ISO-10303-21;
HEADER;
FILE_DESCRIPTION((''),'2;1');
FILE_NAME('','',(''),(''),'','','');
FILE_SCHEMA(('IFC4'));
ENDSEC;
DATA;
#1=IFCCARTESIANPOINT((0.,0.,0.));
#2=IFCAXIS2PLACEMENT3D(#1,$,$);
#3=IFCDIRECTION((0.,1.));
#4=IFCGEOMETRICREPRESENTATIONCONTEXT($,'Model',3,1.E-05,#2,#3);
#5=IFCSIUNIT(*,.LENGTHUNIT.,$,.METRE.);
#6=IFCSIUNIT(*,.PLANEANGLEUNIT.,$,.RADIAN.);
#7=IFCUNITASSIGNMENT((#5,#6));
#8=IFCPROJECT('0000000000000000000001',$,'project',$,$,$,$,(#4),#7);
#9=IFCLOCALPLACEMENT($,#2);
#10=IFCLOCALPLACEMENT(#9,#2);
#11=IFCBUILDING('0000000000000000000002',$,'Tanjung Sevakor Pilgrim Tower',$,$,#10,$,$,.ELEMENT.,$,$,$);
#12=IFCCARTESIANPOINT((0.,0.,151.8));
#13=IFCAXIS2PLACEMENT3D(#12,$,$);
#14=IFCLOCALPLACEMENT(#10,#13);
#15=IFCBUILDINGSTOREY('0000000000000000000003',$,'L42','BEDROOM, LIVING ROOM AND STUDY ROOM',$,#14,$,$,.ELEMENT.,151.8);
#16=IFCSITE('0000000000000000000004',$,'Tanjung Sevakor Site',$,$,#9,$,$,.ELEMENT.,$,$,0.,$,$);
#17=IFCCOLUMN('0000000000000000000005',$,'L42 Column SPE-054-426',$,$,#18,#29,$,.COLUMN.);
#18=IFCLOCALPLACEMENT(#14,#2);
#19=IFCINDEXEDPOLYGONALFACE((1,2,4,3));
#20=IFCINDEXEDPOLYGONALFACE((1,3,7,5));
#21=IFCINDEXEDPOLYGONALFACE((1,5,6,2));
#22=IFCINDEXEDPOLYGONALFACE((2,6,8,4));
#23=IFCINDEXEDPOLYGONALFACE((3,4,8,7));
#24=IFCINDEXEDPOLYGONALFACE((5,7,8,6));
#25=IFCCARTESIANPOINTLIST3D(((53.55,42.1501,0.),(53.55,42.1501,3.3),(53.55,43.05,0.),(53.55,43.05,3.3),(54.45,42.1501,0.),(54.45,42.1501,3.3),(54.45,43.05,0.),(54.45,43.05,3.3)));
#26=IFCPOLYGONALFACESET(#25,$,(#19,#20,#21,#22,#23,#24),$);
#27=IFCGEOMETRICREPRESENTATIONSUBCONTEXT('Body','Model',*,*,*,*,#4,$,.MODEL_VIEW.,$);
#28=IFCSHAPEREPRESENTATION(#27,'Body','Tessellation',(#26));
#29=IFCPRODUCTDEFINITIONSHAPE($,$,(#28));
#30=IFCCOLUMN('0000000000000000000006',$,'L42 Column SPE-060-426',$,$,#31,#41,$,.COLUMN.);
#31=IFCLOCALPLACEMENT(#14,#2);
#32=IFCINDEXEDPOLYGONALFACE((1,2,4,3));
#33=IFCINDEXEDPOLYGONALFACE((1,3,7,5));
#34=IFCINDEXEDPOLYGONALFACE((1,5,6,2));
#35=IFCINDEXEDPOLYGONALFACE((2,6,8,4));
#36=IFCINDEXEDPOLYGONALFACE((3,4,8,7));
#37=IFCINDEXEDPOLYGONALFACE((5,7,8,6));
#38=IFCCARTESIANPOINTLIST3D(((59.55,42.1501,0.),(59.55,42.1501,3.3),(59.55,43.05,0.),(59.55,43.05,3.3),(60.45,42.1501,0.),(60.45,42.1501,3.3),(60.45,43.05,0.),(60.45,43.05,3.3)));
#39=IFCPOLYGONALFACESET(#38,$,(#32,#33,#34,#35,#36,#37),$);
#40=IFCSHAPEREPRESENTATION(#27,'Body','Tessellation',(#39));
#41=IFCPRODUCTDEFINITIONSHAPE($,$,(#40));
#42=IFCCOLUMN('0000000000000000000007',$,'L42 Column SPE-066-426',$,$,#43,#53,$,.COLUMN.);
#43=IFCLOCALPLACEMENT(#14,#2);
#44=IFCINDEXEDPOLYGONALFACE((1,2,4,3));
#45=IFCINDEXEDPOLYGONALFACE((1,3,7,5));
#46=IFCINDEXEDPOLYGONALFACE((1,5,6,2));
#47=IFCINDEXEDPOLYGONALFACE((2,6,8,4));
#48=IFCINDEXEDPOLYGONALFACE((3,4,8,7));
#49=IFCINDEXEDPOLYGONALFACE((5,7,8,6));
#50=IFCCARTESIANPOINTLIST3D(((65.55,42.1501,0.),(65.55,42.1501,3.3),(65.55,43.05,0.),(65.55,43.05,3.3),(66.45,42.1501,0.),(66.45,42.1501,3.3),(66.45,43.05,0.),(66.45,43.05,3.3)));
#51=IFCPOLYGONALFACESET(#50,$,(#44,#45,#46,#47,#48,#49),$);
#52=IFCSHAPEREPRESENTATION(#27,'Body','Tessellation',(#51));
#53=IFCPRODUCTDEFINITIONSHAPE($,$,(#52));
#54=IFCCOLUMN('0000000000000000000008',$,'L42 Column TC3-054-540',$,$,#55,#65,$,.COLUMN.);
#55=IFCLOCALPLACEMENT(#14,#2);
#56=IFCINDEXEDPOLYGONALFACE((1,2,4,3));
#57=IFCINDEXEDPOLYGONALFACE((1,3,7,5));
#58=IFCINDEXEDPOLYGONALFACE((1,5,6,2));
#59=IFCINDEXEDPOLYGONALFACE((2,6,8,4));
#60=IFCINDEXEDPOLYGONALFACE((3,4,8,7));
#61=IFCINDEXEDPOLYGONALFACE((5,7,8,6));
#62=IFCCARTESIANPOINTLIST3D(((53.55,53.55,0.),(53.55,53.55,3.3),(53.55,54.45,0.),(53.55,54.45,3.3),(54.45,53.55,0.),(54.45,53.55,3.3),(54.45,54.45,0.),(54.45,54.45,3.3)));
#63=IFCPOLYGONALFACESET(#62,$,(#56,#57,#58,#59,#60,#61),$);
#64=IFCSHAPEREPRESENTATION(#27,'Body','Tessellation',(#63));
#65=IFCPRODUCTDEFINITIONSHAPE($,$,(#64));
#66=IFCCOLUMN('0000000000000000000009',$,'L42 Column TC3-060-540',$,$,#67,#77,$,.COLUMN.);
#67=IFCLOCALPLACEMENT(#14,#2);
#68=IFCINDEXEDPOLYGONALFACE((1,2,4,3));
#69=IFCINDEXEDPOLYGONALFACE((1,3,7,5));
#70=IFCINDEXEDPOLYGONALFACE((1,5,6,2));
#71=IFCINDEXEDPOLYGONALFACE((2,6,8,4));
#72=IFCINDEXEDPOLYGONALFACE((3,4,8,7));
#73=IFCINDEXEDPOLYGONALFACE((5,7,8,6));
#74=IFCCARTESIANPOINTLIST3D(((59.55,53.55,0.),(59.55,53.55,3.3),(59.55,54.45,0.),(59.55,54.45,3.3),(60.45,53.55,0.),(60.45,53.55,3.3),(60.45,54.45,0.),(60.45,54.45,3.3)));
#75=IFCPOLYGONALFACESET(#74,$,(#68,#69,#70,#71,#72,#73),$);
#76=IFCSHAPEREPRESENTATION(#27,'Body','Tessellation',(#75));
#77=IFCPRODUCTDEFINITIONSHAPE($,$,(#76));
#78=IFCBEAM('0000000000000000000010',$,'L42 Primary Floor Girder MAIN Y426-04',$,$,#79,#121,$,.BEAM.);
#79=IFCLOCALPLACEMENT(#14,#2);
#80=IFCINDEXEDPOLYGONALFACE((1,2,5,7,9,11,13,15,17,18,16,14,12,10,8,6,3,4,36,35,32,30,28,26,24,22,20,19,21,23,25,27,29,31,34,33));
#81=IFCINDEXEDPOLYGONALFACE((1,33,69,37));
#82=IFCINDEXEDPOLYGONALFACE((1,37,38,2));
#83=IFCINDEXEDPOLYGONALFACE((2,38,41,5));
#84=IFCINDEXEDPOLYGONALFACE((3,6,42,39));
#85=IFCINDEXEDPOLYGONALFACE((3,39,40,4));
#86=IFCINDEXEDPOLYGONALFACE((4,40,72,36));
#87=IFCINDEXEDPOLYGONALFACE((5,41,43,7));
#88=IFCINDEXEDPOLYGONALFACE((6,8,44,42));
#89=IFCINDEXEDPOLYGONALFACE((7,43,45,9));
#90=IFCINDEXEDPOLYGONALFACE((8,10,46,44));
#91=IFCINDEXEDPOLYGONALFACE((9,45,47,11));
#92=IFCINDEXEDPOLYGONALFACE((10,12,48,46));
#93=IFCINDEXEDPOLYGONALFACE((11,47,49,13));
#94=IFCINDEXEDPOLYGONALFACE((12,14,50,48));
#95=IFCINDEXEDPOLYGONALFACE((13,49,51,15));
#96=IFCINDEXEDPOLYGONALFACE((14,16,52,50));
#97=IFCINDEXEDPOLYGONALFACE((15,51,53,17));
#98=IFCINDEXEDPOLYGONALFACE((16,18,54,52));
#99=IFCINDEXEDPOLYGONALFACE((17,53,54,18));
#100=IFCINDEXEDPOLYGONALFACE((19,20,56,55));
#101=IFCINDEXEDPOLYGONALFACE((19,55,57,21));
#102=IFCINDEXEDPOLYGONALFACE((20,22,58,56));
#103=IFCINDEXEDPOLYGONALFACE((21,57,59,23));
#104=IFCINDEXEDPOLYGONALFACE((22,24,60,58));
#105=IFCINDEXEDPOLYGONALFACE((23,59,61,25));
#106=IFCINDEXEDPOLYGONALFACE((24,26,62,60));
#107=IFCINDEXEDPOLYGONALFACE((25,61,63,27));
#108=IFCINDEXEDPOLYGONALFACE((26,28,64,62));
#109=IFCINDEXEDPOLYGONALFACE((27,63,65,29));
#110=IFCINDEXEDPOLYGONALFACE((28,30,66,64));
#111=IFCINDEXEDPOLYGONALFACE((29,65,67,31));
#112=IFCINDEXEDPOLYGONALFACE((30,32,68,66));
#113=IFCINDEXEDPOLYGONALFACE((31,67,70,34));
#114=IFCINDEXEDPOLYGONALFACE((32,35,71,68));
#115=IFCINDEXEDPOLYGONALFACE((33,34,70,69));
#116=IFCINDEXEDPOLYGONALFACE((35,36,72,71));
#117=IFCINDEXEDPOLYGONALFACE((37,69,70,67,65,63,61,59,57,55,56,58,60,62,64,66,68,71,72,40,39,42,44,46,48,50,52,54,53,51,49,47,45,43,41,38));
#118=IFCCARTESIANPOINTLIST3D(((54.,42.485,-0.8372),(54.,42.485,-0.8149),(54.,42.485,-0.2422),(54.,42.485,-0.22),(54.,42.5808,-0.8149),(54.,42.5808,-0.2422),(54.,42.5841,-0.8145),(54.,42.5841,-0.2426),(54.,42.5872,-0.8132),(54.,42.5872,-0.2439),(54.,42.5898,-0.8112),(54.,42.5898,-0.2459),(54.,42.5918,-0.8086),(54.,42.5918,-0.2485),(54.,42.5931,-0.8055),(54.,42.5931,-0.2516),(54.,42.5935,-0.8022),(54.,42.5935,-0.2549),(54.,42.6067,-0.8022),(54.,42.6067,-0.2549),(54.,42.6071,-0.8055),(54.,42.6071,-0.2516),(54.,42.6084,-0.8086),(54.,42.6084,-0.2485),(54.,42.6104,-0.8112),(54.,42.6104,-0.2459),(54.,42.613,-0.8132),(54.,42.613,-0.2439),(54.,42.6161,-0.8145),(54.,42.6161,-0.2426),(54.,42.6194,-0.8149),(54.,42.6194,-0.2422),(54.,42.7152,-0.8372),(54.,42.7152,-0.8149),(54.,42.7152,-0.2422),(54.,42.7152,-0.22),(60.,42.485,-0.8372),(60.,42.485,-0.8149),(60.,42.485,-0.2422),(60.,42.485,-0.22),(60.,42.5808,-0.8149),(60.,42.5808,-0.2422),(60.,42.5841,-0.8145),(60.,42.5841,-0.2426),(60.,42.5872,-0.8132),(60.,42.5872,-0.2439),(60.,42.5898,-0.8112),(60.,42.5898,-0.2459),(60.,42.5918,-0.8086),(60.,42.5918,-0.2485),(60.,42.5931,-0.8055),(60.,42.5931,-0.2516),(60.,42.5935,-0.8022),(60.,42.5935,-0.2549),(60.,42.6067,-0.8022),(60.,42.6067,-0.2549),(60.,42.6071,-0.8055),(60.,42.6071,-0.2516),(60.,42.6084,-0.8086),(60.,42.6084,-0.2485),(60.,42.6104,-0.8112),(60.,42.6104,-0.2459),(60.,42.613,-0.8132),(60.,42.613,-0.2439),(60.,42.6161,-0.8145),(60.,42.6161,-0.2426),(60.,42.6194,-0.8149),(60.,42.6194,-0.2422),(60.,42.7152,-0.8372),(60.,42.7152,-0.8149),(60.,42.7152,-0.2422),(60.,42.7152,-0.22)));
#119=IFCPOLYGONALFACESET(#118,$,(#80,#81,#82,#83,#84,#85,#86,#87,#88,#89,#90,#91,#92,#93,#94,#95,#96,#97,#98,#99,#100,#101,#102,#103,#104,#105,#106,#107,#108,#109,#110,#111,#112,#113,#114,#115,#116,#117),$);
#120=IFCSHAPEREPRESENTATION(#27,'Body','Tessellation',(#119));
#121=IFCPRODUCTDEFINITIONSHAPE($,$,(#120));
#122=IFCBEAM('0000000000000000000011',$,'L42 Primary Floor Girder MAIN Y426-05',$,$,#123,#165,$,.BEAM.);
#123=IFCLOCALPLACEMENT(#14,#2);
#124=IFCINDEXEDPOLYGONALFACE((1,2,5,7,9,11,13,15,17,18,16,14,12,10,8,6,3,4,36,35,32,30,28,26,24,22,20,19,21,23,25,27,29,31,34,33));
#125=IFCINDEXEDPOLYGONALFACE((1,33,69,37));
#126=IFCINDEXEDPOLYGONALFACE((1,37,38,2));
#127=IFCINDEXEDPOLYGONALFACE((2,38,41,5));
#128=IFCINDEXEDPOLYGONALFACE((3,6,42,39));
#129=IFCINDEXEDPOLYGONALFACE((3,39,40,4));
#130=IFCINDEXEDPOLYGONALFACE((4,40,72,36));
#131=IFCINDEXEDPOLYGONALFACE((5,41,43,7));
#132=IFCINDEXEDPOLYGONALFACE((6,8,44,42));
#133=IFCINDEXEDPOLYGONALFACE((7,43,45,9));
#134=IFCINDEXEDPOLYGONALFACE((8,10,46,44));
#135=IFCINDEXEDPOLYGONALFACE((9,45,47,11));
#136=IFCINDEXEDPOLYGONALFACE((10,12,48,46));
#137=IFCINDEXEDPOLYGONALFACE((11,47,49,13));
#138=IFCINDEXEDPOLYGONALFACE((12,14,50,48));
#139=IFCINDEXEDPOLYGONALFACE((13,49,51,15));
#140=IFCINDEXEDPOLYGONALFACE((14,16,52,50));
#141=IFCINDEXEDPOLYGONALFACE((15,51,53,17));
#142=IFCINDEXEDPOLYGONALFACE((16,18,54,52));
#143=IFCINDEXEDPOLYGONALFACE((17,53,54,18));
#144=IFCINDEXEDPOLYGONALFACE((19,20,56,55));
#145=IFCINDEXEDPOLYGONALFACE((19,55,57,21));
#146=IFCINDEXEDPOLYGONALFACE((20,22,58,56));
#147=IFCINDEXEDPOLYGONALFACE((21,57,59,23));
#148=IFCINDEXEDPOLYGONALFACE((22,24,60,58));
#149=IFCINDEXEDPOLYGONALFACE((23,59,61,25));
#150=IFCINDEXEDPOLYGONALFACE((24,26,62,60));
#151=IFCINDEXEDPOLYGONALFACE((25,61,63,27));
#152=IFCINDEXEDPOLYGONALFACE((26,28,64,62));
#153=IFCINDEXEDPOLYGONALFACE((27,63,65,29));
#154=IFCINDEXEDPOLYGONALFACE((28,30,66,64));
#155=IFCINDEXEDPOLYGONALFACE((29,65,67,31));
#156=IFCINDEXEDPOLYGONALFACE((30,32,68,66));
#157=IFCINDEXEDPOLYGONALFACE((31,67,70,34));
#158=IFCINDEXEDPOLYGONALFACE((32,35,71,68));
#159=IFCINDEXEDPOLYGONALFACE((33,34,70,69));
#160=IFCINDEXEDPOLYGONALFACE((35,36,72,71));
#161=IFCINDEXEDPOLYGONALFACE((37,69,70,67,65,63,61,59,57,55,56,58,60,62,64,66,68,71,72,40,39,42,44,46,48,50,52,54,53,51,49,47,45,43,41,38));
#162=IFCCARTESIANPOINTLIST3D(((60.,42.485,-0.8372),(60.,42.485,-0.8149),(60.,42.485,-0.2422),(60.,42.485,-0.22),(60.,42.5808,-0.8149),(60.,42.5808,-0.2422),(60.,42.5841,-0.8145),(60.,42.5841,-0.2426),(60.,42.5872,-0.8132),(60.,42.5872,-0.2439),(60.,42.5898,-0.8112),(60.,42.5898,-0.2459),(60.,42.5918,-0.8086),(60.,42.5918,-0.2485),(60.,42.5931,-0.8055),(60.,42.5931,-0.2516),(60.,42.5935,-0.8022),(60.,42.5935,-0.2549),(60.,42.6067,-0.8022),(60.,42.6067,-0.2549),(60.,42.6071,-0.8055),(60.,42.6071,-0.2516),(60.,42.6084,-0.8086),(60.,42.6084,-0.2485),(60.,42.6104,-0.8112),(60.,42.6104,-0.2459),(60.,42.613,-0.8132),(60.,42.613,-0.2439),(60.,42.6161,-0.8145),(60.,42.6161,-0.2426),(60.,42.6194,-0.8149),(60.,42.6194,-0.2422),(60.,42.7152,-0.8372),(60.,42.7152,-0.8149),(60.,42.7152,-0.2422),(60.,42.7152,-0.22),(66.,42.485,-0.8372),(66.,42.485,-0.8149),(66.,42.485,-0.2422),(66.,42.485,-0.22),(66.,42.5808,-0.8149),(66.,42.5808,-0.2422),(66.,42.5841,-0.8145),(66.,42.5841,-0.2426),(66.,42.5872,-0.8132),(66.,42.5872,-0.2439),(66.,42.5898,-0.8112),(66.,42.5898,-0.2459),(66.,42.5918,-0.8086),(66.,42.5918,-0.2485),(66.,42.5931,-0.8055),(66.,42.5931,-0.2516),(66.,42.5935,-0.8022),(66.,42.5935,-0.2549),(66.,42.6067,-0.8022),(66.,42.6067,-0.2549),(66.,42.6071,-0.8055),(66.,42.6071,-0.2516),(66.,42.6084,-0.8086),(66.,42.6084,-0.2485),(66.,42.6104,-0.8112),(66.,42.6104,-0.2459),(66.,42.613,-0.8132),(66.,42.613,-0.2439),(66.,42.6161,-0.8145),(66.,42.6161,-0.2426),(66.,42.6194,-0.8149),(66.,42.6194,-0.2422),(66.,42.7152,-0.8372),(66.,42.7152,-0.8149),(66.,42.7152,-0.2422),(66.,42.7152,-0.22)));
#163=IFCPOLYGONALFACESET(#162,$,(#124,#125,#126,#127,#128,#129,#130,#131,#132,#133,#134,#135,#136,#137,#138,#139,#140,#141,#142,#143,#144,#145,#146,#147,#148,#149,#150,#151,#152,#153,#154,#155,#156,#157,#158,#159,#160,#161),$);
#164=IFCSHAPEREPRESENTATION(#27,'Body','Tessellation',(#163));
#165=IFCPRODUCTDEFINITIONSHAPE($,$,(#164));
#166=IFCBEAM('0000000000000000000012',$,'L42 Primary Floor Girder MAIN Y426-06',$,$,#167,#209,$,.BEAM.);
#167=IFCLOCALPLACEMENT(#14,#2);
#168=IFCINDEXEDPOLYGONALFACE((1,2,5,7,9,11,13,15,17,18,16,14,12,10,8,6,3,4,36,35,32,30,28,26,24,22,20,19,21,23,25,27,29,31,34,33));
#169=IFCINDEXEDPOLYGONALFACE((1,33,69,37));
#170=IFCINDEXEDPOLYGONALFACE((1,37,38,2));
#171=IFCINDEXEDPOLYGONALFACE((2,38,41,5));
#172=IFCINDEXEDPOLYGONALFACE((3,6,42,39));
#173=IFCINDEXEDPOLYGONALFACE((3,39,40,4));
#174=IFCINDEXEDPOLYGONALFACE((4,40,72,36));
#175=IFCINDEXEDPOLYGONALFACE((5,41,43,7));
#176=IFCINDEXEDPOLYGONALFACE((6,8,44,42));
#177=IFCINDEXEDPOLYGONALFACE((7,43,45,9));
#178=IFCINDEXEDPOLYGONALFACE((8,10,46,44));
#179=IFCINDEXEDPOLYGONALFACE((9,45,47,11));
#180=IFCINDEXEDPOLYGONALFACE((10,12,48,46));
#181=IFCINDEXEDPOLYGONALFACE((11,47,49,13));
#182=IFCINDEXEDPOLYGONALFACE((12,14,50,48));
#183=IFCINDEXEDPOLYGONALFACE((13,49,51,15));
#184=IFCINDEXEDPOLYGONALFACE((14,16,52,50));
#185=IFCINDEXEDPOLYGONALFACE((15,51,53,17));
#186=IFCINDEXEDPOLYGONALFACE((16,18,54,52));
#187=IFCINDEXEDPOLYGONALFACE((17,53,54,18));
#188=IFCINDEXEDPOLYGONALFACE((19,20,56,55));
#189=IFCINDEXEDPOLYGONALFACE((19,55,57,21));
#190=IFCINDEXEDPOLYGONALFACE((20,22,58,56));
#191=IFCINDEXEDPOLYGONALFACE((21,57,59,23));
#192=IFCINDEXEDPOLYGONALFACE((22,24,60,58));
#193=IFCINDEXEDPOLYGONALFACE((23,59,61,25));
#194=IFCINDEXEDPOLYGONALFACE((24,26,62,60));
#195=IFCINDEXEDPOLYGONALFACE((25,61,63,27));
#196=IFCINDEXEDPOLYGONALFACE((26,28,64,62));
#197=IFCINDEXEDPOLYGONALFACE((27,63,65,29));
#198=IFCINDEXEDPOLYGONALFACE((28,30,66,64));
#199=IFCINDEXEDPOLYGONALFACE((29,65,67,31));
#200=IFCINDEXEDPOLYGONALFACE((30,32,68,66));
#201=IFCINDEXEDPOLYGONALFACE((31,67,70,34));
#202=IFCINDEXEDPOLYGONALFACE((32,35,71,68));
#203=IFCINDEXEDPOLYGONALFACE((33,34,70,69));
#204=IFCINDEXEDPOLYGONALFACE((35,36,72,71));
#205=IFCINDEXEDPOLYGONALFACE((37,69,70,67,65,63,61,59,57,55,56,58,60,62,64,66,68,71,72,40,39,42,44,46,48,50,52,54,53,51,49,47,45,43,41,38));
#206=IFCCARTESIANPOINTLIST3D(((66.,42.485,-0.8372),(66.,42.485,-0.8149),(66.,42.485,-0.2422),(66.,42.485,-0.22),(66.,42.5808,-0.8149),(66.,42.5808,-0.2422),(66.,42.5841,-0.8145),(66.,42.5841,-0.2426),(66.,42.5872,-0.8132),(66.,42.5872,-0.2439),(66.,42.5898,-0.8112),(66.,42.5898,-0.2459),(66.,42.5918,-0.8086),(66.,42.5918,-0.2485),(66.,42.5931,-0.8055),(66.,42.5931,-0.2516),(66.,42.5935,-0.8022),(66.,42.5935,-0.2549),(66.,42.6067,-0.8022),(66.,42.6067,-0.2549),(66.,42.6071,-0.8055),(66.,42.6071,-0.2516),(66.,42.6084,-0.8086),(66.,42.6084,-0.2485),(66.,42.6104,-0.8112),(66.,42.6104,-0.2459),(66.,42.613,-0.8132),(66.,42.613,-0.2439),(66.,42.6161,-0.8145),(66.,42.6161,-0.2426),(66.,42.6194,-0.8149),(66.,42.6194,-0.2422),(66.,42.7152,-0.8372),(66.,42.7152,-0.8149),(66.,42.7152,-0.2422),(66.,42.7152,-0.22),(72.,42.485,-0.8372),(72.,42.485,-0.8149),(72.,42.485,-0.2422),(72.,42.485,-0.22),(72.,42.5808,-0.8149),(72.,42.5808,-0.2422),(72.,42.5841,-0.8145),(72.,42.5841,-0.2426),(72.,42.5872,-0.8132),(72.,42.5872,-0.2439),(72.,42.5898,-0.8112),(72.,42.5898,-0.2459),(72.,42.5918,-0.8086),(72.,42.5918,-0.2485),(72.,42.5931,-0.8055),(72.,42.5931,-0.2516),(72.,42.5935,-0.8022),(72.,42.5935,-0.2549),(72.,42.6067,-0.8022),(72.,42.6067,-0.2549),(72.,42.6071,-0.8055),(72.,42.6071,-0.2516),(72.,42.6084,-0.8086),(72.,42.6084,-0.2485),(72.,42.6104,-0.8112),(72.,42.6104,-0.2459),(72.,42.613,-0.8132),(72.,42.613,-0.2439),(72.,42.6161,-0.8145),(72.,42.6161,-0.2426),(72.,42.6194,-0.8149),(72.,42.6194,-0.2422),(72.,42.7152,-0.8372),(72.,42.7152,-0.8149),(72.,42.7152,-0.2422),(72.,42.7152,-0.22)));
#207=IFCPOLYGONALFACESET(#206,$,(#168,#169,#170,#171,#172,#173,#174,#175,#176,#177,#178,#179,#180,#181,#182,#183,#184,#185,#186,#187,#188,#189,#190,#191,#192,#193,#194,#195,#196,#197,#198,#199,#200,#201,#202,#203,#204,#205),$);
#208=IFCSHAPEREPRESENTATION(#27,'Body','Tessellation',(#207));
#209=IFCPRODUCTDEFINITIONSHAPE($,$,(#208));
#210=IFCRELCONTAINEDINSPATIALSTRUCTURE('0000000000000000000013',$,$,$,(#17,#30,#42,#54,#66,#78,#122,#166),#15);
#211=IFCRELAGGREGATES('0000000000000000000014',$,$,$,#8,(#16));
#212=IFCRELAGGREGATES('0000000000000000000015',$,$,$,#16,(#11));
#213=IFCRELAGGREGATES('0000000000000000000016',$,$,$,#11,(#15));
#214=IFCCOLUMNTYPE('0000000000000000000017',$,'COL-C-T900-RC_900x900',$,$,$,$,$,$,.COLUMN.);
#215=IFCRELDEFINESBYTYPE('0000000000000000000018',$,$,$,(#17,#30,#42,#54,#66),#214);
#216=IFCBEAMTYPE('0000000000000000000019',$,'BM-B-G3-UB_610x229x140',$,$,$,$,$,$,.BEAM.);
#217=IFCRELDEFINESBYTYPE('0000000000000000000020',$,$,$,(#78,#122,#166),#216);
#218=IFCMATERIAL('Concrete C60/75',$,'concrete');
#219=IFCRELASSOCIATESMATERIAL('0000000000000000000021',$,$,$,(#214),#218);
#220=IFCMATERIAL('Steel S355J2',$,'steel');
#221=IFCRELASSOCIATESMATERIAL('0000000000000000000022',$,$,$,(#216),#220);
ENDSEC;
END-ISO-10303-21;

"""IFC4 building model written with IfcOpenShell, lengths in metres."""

from ifc_helpers import new_model, si_unit, direction, frame, origin, origin_2d, place, context, subcontext, project, spatial, rectangle, i_section, extrude, material, material_profile, profile_set, type_object, element, save


model = new_model("IFC4")

# Units and contexts
model_context = context("Model", 3, precision=1e-05, world=origin(), true_north=direction((0.0, 1.0)))
body_context = subcontext(model_context, "Body", "Model", "MODEL_VIEW")
ifc_project = project(units=[si_unit("LENGTHUNIT", "METRE"), si_unit("PLANEANGLEUNIT", "RADIAN")], contexts=[model_context])

# Site, building, storey
site_placement = place(None, origin())
site = spatial("IfcSite", under=ifc_project, at=site_placement, Name="Tanjung Sevakor Site", CompositionType="ELEMENT", RefElevation=0.0)
building_placement = place(site_placement, origin())
building = spatial("IfcBuilding", under=site, at=building_placement, Name="Tanjung Sevakor Pilgrim Tower", CompositionType="ELEMENT")
storey_placement = place(building_placement, frame((0.0, 0.0, 151.8)))
storey = spatial("IfcBuildingStorey", under=building, at=storey_placement, Name="L42", Description="BEDROOM, LIVING ROOM AND STUDY ROOM", CompositionType="ELEMENT", Elevation=151.8)

# Columns
ifc_material_1 = material(Name="Concrete C60/75", Category="concrete")
ifc_material_profile_1 = material_profile(ifc_material_1, rectangle(XDim=0.8999, YDim=0.8999, at=origin_2d()))
ifc_profile_set_1 = profile_set([ifc_material_profile_1], Name="Concrete C60/75")
column_type = type_object("IfcColumnType", Name="COL-C-T900-RC_900x900", PredefinedType="COLUMN", material=ifc_profile_set_1)
for number, where, z_axis, x_axis, name in (
    (1, (54.0, 42.6001, 0.0), (0.0, 0.0, 1.0), (1.0, 0.0, 0.0), "L42 Column SPE-054-426"),
    (2, (60.0, 42.6001, 0.0), (0.0, 0.0, 1.0), (1.0, 0.0, 0.0), "L42 Column SPE-060-426"),
    (3, (66.0, 42.6001, 0.0), (0.0, 0.0, 1.0), (1.0, 0.0, 0.0), "L42 Column SPE-066-426"),
    (4, (54.0, 54.0, 0.0), (0.0, 0.0, 1.0), (1.0, 0.0, 0.0), "L42 Column TC3-054-540"),
    (5, (60.0, 54.0, 0.0), (0.0, 0.0, 1.0), (1.0, 0.0, 0.0), "L42 Column TC3-060-540"),
):
    element("IfcColumn", number, at=place(storey_placement, frame(where, z_axis=z_axis, x_axis=x_axis)), inside=storey, type_object=column_type, Name=name, PredefinedType="COLUMN", context=body_context, shape_type="SweptSolid", body=[
        extrude(rectangle(XDim=0.8999, YDim=0.8999, at=origin_2d()), origin(), (0.0, 0.0, 1.0), 3.3),
    ])

# Beams
ifc_material_2 = material(Name="Steel S355J2", Category="steel")
ifc_material_profile_2 = material_profile(ifc_material_2, i_section(OverallWidth=0.2302, OverallDepth=0.6172, WebThickness=0.0132, FlangeThickness=0.0222, FilletRadius=0.0127, at=origin_2d()))
ifc_profile_set_2 = profile_set([ifc_material_profile_2], Name="Steel S355J2")
beam_type_1 = type_object("IfcBeamType", Name="BM-B-G3-UB_610x229x140", PredefinedType="BEAM", material=ifc_profile_set_2)
for number, where, z_axis, x_axis, name in (
    (6, (54.0, 42.6001, -0.5286), (1.0, 0.0, 0.0), (0.0, 1.0, 0.0), "L42 Primary Floor Girder MAIN Y426-04"),
    (7, (60.0, 42.6001, -0.5286), (1.0, 0.0, 0.0), (0.0, 1.0, 0.0), "L42 Primary Floor Girder MAIN Y426-05"),
    (8, (66.0, 42.6001, -0.5286), (1.0, 0.0, 0.0), (0.0, 1.0, 0.0), "L42 Primary Floor Girder MAIN Y426-06"),
):
    element("IfcBeam", number, at=place(storey_placement, frame(where, z_axis=z_axis, x_axis=x_axis)), inside=storey, type_object=beam_type_1, Name=name, PredefinedType="BEAM", context=body_context, shape_type="SweptSolid", body=[
        extrude(i_section(OverallWidth=0.2302, OverallDepth=0.6172, WebThickness=0.0132, FlangeThickness=0.0222, FilletRadius=0.0127, at=origin_2d()), origin(), (0.0, 0.0, 1.0), 6.0),
    ])

save(model, "model.ifc")
